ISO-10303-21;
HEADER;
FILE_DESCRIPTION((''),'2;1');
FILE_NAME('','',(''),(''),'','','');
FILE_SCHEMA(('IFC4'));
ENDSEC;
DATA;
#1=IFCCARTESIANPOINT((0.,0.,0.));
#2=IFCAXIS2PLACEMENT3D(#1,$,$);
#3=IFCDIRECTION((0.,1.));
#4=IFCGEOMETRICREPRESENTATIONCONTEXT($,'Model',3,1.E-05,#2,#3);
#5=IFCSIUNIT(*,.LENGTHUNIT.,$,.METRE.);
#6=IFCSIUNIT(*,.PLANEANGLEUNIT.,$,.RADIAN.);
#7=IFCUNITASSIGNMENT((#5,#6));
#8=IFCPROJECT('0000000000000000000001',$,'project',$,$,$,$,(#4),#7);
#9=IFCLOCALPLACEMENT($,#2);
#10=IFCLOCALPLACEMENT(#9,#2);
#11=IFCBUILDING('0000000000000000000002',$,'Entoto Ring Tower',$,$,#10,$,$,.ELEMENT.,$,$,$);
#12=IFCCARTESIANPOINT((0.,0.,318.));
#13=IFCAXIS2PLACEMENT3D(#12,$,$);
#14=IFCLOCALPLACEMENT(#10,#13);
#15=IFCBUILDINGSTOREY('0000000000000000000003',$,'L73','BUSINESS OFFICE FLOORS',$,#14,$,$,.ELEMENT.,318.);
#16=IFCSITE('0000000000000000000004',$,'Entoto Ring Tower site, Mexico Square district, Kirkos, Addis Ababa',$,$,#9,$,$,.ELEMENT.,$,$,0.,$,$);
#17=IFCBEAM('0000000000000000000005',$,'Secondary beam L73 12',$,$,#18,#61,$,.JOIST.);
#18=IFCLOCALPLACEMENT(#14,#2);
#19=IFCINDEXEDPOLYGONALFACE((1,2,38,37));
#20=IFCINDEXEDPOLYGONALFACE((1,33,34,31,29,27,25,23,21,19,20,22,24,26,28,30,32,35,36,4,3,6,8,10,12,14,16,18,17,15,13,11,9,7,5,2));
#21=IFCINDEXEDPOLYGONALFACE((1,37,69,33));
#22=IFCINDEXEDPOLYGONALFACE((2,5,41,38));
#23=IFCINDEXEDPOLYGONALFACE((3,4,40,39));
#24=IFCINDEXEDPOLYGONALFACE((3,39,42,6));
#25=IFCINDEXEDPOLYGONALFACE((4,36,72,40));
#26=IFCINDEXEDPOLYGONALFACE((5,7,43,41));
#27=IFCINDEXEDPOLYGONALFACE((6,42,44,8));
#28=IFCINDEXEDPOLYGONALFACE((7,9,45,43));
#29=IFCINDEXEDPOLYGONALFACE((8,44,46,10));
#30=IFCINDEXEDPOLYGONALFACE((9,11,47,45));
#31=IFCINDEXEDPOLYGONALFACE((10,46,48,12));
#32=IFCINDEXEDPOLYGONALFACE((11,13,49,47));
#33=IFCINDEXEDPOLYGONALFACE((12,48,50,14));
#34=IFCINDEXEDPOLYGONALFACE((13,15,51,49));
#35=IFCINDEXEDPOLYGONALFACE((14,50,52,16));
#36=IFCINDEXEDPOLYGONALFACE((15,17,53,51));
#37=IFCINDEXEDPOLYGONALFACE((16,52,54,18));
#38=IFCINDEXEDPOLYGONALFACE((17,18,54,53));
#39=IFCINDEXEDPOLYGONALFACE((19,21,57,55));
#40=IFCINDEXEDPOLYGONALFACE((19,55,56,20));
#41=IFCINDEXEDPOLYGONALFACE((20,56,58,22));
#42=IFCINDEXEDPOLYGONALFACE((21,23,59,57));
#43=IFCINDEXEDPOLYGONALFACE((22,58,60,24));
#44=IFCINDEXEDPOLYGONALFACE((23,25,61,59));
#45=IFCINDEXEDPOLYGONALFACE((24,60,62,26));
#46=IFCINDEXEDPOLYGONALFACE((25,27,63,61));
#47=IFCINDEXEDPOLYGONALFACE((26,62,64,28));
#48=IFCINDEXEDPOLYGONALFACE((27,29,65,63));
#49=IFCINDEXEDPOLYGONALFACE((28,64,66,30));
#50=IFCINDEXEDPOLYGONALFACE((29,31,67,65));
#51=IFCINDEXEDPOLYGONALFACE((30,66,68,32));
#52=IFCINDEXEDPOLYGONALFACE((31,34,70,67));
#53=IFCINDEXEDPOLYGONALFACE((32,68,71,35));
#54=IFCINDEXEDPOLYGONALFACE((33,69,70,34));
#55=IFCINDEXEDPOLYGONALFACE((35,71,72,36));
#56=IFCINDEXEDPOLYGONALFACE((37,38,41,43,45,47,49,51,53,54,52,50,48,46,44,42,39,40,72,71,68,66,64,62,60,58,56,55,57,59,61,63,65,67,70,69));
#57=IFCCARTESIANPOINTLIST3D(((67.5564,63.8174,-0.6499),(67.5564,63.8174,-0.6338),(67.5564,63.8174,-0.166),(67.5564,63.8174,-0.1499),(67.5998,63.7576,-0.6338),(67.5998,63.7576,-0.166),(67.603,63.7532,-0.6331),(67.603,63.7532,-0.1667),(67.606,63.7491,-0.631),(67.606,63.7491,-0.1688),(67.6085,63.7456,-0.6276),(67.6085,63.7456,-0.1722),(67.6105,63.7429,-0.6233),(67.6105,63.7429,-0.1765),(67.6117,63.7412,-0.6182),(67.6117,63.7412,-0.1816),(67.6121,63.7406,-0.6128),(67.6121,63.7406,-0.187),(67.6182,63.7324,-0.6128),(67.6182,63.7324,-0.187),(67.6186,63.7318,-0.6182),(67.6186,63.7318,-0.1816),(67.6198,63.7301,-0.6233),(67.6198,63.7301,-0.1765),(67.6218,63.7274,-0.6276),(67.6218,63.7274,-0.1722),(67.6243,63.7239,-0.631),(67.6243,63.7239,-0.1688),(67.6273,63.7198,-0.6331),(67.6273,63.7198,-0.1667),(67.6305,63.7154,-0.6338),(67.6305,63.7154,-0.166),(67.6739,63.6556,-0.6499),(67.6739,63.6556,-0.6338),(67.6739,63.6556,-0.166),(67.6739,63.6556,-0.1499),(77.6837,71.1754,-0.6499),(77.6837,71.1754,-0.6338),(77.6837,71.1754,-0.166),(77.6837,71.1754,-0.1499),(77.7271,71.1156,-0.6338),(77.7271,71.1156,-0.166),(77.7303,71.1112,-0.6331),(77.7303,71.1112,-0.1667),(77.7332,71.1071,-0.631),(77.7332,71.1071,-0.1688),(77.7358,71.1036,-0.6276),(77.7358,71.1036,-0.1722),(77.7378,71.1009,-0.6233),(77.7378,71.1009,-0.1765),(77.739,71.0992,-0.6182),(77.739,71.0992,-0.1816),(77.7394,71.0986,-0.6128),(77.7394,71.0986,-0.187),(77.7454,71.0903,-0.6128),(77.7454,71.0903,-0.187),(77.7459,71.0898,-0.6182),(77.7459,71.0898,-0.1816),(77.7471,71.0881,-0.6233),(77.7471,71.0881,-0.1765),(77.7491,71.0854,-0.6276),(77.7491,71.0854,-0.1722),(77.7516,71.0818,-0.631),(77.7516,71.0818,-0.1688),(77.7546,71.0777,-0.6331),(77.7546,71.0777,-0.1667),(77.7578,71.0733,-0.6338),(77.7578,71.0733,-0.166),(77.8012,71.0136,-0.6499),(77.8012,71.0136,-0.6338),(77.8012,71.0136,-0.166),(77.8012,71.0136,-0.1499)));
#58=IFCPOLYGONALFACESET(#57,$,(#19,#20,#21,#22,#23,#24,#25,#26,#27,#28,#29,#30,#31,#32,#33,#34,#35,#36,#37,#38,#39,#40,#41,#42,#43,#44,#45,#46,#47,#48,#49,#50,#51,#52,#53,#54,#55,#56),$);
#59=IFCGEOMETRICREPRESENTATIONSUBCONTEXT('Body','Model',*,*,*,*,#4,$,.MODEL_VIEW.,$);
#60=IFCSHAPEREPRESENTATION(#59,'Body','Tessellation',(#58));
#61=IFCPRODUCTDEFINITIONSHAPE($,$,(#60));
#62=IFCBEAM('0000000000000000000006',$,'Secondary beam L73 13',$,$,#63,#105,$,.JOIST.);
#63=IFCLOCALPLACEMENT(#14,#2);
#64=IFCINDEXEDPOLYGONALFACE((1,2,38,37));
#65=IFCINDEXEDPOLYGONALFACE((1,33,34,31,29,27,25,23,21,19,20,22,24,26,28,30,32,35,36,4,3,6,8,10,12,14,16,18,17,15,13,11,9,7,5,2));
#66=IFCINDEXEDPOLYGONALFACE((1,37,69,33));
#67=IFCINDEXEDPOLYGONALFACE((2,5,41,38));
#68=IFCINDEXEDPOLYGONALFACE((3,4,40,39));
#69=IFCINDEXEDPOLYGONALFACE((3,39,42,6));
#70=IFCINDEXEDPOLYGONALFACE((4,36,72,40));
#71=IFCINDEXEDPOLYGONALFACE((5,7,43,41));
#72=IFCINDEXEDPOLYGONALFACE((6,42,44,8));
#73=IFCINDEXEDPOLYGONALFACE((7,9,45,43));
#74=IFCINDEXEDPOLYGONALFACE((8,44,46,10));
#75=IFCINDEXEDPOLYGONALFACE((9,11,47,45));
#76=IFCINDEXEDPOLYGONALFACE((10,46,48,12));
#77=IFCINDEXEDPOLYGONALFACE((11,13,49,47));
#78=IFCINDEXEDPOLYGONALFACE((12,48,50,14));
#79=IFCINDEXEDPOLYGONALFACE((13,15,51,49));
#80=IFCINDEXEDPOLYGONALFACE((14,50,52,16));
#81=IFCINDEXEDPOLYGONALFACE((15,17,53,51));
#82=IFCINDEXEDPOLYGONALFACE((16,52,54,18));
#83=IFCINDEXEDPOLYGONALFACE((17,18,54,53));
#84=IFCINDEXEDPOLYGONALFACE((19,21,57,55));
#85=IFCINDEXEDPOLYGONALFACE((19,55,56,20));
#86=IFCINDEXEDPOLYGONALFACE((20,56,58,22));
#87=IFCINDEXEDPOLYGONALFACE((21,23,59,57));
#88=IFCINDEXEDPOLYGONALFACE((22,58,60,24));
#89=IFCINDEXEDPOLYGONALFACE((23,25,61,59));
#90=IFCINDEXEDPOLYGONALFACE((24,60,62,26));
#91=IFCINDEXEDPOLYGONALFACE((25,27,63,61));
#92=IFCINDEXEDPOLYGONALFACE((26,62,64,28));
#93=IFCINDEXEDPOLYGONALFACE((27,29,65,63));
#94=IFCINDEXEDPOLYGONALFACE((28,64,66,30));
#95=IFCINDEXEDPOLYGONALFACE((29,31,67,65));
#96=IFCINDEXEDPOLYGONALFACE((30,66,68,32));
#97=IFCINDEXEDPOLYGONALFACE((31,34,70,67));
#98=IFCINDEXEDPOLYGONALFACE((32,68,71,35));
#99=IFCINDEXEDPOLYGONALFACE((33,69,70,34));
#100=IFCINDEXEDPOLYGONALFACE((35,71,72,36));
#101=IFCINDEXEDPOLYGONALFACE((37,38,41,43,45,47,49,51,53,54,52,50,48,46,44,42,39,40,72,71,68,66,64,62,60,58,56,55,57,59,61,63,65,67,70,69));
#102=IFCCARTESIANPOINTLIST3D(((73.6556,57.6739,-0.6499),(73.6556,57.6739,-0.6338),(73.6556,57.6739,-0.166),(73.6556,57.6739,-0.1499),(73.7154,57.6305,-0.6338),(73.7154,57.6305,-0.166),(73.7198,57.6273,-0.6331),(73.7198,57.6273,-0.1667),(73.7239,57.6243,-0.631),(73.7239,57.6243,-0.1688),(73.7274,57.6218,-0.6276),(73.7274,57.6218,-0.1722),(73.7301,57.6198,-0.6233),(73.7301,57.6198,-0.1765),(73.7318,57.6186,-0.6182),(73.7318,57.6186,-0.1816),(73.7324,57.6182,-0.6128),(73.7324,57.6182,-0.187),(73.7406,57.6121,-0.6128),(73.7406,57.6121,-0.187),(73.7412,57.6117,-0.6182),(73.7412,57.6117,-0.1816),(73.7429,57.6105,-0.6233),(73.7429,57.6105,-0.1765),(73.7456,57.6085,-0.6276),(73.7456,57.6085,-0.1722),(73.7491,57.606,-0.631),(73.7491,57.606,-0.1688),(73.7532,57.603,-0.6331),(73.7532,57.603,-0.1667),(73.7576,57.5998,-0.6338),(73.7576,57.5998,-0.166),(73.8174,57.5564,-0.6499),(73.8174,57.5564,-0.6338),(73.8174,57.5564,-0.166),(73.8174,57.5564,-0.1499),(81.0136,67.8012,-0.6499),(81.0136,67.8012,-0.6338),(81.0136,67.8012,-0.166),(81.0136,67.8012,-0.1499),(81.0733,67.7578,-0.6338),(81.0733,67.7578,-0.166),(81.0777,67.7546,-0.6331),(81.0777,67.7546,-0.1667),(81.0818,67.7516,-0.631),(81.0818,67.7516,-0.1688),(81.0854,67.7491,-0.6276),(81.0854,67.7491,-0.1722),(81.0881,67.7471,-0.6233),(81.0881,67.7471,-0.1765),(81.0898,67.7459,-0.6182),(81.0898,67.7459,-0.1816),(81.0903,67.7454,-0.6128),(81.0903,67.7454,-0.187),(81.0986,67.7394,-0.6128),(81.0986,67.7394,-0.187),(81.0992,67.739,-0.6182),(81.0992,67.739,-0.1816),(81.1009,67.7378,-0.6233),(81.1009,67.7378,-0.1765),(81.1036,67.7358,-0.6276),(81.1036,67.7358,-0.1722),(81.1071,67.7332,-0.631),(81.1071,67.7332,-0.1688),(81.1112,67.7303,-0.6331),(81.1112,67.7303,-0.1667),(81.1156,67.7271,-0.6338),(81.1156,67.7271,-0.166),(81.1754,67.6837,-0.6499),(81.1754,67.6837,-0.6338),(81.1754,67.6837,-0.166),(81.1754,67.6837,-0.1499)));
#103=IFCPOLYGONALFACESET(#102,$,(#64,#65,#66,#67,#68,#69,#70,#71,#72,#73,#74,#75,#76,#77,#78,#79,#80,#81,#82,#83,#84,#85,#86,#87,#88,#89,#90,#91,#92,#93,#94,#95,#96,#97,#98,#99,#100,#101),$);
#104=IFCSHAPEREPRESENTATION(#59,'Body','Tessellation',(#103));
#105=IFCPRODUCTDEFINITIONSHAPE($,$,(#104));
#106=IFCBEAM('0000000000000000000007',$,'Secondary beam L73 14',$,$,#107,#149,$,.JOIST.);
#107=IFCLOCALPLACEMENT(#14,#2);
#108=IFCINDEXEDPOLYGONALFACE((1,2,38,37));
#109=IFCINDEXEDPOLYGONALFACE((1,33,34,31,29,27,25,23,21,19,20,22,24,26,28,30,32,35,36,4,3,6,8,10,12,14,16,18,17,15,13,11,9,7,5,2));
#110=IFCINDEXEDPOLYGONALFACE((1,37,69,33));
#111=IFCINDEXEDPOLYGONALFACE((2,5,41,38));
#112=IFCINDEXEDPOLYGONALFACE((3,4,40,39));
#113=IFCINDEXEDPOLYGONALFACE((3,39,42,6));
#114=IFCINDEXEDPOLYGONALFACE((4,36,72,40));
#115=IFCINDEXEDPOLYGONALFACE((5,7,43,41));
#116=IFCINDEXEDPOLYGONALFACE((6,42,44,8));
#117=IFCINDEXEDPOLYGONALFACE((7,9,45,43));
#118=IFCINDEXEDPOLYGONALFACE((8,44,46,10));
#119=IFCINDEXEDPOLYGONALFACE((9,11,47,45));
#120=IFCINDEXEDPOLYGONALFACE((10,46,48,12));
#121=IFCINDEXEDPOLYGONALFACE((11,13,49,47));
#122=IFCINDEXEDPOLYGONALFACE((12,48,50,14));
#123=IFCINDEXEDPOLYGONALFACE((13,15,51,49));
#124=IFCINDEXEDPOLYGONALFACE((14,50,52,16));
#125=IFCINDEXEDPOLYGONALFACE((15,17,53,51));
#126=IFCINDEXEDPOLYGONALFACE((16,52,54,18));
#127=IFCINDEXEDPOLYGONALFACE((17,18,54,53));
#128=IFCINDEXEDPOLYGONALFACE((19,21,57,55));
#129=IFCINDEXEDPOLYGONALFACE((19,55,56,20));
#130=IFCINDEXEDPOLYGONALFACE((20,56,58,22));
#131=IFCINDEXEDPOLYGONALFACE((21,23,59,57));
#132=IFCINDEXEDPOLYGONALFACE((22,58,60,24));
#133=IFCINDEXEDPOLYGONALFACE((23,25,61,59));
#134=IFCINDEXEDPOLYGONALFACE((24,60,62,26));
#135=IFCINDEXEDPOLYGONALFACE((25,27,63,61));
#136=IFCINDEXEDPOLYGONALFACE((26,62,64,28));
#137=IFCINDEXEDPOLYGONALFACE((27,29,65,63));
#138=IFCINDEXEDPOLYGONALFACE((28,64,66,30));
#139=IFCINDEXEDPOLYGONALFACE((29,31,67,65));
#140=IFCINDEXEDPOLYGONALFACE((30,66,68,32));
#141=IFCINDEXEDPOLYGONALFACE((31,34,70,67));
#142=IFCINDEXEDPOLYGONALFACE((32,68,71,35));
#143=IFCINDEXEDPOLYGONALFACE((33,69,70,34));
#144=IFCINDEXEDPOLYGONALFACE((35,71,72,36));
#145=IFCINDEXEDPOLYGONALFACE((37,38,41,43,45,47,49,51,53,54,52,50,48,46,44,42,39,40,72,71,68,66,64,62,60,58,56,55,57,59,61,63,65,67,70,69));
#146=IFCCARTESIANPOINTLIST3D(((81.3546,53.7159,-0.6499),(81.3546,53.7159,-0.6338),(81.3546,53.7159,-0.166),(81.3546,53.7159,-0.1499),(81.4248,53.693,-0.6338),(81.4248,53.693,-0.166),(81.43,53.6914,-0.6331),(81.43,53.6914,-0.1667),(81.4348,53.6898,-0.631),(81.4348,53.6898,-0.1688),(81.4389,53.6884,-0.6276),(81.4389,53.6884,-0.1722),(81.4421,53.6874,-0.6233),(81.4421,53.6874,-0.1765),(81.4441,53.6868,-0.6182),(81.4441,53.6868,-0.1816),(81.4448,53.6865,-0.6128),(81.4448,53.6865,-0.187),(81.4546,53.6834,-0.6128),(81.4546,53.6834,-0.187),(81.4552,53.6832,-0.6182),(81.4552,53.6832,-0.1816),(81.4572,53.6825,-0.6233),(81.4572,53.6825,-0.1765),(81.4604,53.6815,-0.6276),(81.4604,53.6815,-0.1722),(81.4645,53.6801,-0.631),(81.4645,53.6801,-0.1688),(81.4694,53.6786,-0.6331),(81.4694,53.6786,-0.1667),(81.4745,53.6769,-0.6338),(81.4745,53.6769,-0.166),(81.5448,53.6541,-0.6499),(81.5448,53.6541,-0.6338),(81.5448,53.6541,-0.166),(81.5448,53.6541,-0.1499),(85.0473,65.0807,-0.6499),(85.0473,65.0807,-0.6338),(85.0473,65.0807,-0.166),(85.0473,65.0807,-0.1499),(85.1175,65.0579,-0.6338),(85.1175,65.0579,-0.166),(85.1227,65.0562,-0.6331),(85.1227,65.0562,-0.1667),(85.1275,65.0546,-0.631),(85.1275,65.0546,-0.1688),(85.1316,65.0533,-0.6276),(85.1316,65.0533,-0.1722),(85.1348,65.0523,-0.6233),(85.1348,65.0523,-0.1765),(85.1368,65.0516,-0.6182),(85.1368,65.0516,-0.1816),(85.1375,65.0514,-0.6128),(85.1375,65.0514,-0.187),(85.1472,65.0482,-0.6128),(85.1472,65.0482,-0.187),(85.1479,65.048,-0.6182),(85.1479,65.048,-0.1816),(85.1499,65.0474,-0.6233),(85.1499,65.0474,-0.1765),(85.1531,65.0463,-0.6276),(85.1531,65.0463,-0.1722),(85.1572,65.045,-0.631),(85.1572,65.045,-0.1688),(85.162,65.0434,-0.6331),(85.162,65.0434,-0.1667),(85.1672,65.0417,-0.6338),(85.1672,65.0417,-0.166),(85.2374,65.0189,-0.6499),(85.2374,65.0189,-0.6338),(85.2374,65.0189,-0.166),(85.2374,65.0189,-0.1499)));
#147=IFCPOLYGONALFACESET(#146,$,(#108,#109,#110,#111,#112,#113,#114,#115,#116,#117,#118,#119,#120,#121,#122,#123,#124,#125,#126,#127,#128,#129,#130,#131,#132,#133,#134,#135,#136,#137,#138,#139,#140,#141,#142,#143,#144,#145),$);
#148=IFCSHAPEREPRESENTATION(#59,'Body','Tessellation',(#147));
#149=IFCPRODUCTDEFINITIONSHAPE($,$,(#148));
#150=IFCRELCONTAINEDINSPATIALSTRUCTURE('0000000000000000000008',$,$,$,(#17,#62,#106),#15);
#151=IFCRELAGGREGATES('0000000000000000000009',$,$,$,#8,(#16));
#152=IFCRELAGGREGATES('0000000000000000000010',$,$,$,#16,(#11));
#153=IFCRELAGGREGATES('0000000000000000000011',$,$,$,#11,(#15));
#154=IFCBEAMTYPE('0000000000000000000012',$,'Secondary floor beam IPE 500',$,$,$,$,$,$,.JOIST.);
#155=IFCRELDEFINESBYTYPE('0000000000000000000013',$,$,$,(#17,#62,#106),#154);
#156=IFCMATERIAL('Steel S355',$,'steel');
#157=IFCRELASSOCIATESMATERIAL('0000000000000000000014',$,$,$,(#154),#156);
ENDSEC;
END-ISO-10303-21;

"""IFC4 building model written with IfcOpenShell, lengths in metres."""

from ifc_helpers import new_model, si_unit, direction, frame, origin, origin_2d, place, context, subcontext, project, spatial, i_section, extrude, material, material_profile, profile_set, type_object, element, save


model = new_model("IFC4")

# Units and contexts
model_context = context("Model", 3, precision=1e-05, world=origin(), true_north=direction((0.0, 1.0)))
body_context = subcontext(model_context, "Body", "Model", "MODEL_VIEW")
ifc_project = project(units=[si_unit("LENGTHUNIT", "METRE"), si_unit("PLANEANGLEUNIT", "RADIAN")], contexts=[model_context])

# Site, building, storey
site_placement = place(None, origin())
site = spatial("IfcSite", under=ifc_project, at=site_placement, Name="Entoto Ring Tower site, Mexico Square district, Kirkos, Addis Ababa", CompositionType="ELEMENT", RefElevation=0.0)
building_placement = place(site_placement, origin())
building = spatial("IfcBuilding", under=site, at=building_placement, Name="Entoto Ring Tower", CompositionType="ELEMENT")
storey_placement = place(building_placement, frame((0.0, 0.0, 318.0)))
storey = spatial("IfcBuildingStorey", under=building, at=storey_placement, Name="L73", Description="BUSINESS OFFICE FLOORS", CompositionType="ELEMENT", Elevation=318.0)

# Beams
ifc_material_1 = material(Name="Steel S355", Category="steel")
ifc_material_profile_1 = material_profile(ifc_material_1, i_section(OverallWidth=0.2, OverallDepth=0.5, WebThickness=0.0103, FlangeThickness=0.0161, FilletRadius=0.021, at=origin_2d()), Name="IPE 500")
ifc_profile_set_1 = profile_set([ifc_material_profile_1], Name="Steel S355")
beam_type_1 = type_object("IfcBeamType", Name="Secondary floor beam IPE 500", PredefinedType="JOIST", material=ifc_profile_set_1)
for number, where, z_axis, x_axis, name in (
    (1, (77.7424, 71.0945, -0.3999), (-0.809014, -0.587789, 0.0), (0.587789, -0.809014, 0.0), "Secondary beam L73 12"),
    (2, (81.0945, 67.7424, -0.3999), (-0.587789, -0.809014, 0.0), (0.809014, -0.587789, 0.0), "Secondary beam L73 13"),
):
    element("IfcBeam", number, at=place(storey_placement, frame(where, z_axis=z_axis, x_axis=x_axis)), inside=storey, type_object=beam_type_1, Name=name, PredefinedType="JOIST", context=body_context, shape_type="SweptSolid", body=[
        extrude(i_section(OverallWidth=0.2, OverallDepth=0.5, WebThickness=0.0103, FlangeThickness=0.0161, FilletRadius=0.021, at=origin_2d()), origin(), (0.0, 0.0, 1.0), 12.5181),
    ])
beam_1_placement = place(storey_placement, frame((85.1423, 65.0498, -0.3999), z_axis=(-0.309017, -0.951057, 0.0), x_axis=(0.951057, -0.309017, 0.0)))
element("IfcBeam", 3, at=beam_1_placement, inside=storey, type_object=beam_type_1, Name="Secondary beam L73 14", PredefinedType="JOIST", context=body_context, shape_type="SweptSolid", body=[
    extrude(i_section(OverallWidth=0.2, OverallDepth=0.5, WebThickness=0.0103, FlangeThickness=0.0161, FilletRadius=0.021, at=origin_2d()), origin(), (0.0, 0.0, 1.0), 11.9497),
])

save(model, "model.ifc")
